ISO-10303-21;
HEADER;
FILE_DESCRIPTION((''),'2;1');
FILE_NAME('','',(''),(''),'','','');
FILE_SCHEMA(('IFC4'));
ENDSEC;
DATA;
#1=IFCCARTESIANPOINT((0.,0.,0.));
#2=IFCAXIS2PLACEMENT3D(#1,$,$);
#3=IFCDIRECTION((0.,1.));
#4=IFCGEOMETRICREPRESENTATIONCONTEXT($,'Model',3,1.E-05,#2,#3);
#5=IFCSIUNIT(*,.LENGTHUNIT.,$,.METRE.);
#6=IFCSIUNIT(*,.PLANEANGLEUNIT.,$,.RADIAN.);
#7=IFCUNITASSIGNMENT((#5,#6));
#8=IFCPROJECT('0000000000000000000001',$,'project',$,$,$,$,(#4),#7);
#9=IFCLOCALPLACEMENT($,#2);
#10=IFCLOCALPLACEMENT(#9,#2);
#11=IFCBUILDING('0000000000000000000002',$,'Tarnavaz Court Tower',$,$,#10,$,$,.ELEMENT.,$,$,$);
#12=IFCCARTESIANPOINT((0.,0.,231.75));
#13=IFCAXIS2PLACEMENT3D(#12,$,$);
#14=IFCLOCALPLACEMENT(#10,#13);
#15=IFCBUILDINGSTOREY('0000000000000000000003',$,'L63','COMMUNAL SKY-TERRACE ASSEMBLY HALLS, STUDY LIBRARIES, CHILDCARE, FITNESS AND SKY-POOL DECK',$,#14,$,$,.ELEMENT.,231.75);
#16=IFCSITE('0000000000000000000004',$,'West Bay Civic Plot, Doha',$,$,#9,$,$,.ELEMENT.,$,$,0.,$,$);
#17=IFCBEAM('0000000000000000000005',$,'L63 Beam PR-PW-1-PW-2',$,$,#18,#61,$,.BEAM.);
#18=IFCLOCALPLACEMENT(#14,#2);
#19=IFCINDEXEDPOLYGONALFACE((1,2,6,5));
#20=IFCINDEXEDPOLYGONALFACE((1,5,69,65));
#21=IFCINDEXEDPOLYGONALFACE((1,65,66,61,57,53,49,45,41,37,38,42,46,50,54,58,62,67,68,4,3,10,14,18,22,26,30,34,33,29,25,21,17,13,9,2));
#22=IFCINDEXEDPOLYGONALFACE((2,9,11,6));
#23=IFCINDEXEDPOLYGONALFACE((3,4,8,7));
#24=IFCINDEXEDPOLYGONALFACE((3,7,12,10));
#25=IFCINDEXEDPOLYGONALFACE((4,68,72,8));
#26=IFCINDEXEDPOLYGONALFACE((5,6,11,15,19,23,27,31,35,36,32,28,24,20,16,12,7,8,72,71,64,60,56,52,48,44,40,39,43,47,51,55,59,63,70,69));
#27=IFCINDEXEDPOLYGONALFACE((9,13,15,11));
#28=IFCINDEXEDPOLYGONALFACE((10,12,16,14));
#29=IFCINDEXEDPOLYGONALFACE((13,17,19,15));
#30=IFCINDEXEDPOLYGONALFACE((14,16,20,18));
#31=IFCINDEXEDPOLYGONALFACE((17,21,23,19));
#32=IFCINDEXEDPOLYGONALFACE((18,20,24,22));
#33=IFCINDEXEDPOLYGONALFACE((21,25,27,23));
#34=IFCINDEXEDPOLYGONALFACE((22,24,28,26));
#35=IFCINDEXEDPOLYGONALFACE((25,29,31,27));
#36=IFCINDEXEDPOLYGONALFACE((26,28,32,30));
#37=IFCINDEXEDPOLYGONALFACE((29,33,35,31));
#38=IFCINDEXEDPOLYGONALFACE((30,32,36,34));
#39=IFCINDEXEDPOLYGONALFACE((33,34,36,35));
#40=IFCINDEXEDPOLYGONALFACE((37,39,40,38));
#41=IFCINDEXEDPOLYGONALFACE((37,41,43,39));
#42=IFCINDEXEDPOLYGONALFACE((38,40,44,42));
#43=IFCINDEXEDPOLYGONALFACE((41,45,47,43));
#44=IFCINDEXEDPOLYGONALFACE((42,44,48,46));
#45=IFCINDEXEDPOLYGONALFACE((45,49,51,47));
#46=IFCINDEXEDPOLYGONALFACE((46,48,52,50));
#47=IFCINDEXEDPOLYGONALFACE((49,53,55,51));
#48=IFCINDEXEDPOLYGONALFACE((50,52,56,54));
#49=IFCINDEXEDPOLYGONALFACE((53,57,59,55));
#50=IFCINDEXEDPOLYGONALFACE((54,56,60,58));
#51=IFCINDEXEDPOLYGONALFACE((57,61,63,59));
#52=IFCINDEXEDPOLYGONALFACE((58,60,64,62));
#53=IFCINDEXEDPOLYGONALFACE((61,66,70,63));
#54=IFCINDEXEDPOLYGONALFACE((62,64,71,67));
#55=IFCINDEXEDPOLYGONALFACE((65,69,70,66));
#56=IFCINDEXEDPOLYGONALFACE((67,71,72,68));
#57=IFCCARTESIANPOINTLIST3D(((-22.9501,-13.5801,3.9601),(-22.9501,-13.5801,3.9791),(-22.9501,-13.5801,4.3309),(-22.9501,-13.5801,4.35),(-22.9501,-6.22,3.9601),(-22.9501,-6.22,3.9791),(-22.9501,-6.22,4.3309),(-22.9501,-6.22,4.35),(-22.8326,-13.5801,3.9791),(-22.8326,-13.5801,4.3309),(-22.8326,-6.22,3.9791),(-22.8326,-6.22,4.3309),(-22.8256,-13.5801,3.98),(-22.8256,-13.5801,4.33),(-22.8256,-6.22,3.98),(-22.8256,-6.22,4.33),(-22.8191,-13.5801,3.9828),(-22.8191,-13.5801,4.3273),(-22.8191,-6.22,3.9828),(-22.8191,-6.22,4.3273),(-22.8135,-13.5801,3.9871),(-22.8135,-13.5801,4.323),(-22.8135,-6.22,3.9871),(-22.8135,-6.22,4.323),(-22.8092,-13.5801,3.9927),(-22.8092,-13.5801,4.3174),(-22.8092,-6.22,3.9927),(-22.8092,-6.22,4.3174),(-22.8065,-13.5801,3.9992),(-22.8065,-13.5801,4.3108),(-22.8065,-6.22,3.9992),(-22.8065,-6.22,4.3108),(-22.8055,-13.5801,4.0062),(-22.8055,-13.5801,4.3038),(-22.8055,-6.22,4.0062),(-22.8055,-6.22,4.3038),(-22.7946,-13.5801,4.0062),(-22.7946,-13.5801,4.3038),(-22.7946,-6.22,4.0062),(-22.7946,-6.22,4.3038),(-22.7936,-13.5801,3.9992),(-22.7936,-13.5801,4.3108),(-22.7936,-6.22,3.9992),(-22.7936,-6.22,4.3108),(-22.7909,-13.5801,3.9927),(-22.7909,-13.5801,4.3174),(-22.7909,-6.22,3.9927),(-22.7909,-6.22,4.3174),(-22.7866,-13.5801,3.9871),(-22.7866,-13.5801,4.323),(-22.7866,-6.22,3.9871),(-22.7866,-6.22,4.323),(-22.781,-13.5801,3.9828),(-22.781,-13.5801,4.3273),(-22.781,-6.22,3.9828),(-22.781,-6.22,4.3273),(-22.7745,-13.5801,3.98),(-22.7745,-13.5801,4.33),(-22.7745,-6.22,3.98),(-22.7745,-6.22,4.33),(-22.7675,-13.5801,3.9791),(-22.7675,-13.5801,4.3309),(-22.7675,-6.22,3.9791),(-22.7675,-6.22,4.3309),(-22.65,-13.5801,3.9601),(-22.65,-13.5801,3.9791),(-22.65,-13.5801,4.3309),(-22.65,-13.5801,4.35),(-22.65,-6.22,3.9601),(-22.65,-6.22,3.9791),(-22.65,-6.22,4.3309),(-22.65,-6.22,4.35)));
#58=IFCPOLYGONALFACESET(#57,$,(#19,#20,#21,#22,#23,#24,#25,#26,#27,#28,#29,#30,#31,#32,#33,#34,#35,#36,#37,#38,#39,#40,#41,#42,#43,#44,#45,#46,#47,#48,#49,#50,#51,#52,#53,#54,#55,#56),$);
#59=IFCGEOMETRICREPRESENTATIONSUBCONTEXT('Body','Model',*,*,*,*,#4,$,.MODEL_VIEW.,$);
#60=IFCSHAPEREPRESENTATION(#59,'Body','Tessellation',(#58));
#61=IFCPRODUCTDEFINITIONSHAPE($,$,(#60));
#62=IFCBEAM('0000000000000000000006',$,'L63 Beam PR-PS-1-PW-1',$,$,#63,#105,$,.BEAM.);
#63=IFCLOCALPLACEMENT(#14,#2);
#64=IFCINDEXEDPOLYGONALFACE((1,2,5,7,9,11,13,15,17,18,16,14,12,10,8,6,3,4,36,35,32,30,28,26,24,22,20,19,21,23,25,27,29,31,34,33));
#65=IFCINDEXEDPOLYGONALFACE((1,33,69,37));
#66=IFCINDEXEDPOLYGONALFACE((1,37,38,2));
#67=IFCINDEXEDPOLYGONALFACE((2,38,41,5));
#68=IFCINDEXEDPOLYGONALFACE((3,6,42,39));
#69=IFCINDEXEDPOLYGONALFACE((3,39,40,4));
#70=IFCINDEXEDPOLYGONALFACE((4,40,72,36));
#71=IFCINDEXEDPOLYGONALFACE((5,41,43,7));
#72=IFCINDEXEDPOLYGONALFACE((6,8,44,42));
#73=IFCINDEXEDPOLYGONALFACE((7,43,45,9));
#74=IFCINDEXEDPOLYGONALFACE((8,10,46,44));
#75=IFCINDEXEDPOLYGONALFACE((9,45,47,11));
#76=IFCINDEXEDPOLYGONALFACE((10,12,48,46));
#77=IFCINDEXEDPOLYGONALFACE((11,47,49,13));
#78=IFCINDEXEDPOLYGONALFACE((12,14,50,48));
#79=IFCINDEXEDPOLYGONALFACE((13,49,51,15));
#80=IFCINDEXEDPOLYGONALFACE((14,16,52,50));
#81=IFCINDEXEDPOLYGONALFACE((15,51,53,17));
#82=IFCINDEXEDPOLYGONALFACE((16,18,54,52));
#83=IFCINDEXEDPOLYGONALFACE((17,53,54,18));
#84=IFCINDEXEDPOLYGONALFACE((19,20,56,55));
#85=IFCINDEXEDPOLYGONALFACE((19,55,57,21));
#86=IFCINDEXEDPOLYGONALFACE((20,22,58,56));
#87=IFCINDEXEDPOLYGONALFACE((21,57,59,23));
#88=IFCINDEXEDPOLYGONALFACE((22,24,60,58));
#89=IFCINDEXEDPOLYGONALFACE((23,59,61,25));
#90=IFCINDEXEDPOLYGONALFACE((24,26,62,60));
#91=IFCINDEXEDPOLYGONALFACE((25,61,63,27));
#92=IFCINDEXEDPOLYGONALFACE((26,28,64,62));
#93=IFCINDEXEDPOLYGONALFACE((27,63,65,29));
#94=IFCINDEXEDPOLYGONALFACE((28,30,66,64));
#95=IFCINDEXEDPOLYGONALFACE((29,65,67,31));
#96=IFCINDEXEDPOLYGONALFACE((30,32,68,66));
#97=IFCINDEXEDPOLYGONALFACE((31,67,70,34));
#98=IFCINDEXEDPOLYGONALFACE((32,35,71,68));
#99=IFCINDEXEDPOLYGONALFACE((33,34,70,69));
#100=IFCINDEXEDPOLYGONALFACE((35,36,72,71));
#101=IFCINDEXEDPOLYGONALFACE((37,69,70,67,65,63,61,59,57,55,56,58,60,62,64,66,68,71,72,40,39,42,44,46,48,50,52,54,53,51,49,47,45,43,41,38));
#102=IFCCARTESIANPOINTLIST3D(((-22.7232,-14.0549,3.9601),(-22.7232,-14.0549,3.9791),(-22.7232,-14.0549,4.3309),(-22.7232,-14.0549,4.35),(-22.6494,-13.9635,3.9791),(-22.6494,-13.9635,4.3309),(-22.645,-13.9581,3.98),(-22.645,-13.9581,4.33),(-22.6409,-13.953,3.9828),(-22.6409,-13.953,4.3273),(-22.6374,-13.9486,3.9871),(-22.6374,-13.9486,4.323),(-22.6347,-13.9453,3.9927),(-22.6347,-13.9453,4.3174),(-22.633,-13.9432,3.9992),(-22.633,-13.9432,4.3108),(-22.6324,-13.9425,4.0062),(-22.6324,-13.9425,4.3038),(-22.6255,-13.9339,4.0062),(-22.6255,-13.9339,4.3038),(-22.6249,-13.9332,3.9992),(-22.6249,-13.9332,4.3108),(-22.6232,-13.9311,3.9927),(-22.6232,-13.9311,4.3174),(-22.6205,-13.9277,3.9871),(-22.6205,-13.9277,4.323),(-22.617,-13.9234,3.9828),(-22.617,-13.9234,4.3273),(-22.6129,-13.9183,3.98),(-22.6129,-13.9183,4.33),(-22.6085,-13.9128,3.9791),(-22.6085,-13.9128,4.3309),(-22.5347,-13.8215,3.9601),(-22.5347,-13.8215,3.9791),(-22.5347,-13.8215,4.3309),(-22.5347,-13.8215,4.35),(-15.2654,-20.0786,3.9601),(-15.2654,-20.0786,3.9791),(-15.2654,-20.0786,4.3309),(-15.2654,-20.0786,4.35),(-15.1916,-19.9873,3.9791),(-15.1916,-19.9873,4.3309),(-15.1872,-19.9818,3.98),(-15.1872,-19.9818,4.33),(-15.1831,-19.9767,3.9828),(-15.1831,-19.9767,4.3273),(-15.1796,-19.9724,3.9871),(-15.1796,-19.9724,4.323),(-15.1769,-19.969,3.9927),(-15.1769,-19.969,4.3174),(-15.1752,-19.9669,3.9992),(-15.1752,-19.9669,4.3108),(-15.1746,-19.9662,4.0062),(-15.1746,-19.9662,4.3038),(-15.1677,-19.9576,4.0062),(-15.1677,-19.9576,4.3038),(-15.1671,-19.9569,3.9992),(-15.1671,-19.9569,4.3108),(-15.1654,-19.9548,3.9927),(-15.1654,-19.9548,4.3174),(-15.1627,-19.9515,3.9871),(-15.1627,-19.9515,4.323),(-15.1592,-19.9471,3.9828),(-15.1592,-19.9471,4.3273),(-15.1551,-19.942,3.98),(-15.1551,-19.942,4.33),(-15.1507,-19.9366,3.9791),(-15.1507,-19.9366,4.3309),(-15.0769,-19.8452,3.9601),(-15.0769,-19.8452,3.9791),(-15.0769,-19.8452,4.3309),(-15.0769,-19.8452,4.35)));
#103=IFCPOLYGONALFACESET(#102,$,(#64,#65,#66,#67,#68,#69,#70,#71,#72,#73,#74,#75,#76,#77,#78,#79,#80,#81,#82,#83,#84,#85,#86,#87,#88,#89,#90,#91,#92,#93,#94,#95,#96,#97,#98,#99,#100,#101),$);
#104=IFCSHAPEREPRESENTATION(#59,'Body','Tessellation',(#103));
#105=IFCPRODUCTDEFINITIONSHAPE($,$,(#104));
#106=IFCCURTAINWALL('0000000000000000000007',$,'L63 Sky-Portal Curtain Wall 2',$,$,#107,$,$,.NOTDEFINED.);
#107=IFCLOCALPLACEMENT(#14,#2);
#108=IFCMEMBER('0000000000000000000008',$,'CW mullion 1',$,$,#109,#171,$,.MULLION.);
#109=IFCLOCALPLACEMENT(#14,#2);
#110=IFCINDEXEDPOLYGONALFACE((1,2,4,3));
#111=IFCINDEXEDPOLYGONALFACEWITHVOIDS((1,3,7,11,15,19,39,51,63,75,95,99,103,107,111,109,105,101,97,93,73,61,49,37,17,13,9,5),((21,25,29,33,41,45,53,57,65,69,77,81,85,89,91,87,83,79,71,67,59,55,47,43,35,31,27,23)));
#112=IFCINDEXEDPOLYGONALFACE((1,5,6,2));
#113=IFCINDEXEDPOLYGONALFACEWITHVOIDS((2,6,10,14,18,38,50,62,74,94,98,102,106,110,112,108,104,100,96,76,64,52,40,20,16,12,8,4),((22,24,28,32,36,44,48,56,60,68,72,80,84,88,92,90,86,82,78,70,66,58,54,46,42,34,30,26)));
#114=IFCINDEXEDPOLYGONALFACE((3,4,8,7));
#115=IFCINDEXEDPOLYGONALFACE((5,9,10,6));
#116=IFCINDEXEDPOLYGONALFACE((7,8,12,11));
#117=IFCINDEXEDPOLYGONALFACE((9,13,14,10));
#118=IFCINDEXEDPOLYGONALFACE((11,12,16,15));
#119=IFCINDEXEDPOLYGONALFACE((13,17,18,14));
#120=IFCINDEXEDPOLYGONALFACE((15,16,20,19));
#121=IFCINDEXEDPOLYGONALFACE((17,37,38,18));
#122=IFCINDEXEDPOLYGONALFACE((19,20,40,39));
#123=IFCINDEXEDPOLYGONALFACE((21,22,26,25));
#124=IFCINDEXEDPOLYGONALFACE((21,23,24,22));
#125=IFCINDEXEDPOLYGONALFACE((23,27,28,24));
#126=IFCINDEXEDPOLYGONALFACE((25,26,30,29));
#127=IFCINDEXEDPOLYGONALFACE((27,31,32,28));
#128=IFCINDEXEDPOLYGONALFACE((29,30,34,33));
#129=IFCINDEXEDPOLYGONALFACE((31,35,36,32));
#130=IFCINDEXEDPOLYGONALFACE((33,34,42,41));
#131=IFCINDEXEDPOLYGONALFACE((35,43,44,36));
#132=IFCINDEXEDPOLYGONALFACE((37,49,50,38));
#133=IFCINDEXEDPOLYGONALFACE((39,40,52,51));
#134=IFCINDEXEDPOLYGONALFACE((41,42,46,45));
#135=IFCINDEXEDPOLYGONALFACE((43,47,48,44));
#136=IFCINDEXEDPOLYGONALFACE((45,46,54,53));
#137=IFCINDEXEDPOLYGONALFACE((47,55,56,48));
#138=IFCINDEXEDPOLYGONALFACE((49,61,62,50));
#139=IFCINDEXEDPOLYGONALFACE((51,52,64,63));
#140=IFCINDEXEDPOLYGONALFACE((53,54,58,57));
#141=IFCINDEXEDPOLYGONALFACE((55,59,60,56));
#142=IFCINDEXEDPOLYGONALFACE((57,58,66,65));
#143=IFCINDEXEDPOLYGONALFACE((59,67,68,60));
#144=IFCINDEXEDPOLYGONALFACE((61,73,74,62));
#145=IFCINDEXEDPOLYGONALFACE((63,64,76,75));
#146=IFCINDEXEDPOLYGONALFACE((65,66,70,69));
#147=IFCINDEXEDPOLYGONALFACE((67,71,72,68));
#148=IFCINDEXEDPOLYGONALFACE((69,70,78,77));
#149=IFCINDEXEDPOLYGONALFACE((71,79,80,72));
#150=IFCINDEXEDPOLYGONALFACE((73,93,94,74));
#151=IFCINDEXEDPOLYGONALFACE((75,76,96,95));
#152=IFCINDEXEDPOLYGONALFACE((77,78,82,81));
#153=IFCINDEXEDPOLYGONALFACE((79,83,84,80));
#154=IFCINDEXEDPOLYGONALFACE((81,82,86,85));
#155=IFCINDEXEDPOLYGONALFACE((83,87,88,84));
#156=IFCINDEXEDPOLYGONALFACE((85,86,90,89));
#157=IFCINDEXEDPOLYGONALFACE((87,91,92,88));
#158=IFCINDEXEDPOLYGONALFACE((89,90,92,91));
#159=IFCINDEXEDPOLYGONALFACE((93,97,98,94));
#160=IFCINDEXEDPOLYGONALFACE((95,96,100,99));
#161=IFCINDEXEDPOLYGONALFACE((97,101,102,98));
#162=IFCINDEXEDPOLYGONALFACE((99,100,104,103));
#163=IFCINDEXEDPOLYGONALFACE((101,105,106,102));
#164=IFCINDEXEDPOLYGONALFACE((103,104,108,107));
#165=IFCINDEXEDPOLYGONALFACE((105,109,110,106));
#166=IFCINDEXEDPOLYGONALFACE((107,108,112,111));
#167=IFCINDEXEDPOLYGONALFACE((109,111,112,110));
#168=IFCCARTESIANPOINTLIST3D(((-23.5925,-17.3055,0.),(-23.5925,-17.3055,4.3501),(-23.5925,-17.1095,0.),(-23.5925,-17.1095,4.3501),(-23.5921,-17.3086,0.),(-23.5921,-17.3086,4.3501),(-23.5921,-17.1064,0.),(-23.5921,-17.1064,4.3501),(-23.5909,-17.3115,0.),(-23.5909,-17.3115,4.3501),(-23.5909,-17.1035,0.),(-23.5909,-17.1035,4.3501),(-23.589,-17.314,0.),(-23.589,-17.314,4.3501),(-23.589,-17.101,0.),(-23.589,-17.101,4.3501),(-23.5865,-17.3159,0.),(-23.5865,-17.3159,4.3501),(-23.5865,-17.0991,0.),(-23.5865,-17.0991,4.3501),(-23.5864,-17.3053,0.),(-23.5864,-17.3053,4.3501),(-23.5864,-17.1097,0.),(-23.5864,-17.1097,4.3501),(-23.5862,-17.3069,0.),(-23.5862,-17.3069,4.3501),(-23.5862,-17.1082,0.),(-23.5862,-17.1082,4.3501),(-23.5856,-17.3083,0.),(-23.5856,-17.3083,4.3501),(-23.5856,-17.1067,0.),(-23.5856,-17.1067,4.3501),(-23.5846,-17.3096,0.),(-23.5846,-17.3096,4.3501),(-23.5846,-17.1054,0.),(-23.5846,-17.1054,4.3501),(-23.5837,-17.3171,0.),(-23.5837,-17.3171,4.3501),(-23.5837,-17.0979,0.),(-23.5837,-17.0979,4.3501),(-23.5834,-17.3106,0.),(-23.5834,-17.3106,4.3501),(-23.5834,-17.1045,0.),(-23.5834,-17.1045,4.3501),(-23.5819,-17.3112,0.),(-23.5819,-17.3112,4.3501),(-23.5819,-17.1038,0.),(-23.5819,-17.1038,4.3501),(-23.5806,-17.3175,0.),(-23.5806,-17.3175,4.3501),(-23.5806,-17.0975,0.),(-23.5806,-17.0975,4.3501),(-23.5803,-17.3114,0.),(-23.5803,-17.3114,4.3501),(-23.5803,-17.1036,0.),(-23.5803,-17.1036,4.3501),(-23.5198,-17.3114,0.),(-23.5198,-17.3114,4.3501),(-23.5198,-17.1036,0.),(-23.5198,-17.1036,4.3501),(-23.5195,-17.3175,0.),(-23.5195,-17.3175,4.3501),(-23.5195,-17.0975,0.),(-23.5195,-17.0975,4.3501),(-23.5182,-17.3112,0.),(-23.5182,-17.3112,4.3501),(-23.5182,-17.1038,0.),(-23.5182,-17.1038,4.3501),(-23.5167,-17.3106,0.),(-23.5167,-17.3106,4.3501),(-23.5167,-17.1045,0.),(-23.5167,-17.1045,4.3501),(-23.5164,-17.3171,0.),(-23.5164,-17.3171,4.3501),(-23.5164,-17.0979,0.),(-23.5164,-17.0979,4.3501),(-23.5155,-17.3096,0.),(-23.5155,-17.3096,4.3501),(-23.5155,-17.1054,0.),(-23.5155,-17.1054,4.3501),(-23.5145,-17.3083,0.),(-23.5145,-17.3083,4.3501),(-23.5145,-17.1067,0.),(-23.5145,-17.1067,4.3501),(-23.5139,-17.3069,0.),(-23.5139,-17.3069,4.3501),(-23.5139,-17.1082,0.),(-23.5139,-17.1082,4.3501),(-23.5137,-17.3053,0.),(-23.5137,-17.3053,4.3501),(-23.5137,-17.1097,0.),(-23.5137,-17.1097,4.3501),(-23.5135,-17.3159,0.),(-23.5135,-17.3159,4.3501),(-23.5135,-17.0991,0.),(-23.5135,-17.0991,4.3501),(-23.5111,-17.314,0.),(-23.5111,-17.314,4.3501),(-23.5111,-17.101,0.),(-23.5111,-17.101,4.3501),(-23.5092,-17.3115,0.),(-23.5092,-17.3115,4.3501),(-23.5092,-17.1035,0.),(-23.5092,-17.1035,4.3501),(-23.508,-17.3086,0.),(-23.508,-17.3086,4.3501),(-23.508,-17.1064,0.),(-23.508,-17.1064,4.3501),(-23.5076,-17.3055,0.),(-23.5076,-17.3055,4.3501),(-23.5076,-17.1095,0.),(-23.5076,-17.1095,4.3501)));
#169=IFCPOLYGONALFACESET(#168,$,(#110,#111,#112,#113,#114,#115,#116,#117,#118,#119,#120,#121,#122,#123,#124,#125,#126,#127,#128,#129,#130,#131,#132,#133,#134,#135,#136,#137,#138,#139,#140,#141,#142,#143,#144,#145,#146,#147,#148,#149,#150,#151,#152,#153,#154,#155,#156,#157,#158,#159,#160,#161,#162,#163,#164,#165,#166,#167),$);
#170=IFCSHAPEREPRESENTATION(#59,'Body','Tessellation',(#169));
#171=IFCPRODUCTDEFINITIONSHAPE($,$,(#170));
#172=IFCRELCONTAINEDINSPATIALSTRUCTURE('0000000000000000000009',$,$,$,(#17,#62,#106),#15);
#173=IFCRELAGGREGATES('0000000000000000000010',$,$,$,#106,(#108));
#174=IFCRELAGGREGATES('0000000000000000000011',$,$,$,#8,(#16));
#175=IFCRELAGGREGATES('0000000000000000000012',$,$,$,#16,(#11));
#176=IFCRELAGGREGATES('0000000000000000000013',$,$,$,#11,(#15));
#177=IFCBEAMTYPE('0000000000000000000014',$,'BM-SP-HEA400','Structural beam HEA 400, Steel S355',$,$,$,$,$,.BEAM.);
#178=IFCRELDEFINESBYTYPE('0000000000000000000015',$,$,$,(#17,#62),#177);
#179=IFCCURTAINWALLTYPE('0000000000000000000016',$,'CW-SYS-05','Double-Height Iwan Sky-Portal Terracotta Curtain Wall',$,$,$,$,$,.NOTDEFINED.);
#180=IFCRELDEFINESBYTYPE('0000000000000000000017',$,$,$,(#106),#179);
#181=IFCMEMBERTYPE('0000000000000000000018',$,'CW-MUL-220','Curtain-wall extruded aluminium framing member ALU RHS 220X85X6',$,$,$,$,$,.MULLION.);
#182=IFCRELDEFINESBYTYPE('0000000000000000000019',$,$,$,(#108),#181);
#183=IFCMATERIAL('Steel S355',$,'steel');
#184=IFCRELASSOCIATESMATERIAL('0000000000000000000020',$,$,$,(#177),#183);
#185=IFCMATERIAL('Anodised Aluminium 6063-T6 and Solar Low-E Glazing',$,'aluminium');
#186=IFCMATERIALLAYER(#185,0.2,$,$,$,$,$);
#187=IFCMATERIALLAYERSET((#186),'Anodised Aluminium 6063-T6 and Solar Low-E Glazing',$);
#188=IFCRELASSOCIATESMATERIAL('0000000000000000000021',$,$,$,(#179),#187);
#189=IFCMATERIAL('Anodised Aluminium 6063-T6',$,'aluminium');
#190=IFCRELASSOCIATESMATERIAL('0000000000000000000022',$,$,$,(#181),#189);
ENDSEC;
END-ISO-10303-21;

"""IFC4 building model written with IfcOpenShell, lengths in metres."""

from ifc_helpers import new_model, si_unit, direction, frame, origin, origin_2d, place, context, subcontext, project, spatial, hollow_rectangle, i_section, extrude, material, layer, layer_set, material_profile, profile_set, type_object, element, aggregate, save


model = new_model("IFC4")

# Units and contexts
model_context = context("Model", 3, precision=1e-05, world=origin(), true_north=direction((0.0, 1.0)))
body_context = subcontext(model_context, "Body", "Model", "MODEL_VIEW")
ifc_project = project(units=[si_unit("LENGTHUNIT", "METRE"), si_unit("PLANEANGLEUNIT", "RADIAN")], contexts=[model_context])

# Site, building, storey
site_placement = place(None, origin())
site = spatial("IfcSite", under=ifc_project, at=site_placement, Name="West Bay Civic Plot, Doha", CompositionType="ELEMENT", RefElevation=0.0)
building_placement = place(site_placement, origin())
building = spatial("IfcBuilding", under=site, at=building_placement, Name="Tarnavaz Court Tower", CompositionType="ELEMENT")
storey_placement = place(building_placement, frame((0.0, 0.0, 231.75)))
storey = spatial("IfcBuildingStorey", under=building, at=storey_placement, Name="L63", Description="COMMUNAL SKY-TERRACE ASSEMBLY HALLS, STUDY LIBRARIES, CHILDCARE, FITNESS AND SKY-POOL DECK", CompositionType="ELEMENT", Elevation=231.75)

# Beams
ifc_material_1 = material(Name="Steel S355", Category="steel")
ifc_material_profile_1 = material_profile(ifc_material_1, i_section(OverallWidth=0.3, OverallDepth=0.3899, WebThickness=0.011, FlangeThickness=0.019, FilletRadius=0.0271, at=origin_2d()), Name="HEA 400")
ifc_profile_set_1 = profile_set([ifc_material_profile_1], Name="Steel S355")
beam_type_1 = type_object("IfcBeamType", Name="BM-SP-HEA400", Description="Structural beam HEA 400, Steel S355", PredefinedType="BEAM", material=ifc_profile_set_1)
beam_1_placement = place(storey_placement, frame((-22.8, -13.5801, 4.155), z_axis=(0.0, 1.0, 0.0), x_axis=(-1.0, 0.0, 0.0)))
element("IfcBeam", 1, at=beam_1_placement, inside=storey, type_object=beam_type_1, Name="L63 Beam PR-PW-1-PW-2", PredefinedType="BEAM", context=body_context, shape_type="SweptSolid", body=[
    extrude(i_section(OverallWidth=0.3, OverallDepth=0.3899, WebThickness=0.011, FlangeThickness=0.019, FilletRadius=0.0271, at=origin_2d()), origin(), (0.0, 0.0, 1.0), 7.3601),
])
beam_2_placement = place(storey_placement, frame((-15.1711, -19.9619, 4.155), z_axis=(-0.777936, 0.628344, 0.0), x_axis=(-0.628344, -0.777936, 0.0)))
element("IfcBeam", 2, at=beam_2_placement, inside=storey, type_object=beam_type_1, Name="L63 Beam PR-PS-1-PW-1", PredefinedType="BEAM", context=body_context, shape_type="SweptSolid", body=[
    extrude(i_section(OverallWidth=0.3, OverallDepth=0.3899, WebThickness=0.011, FlangeThickness=0.019, FilletRadius=0.0271, at=origin_2d()), origin(), (0.0, 0.0, 1.0), 9.5867),
])

# Curtain wall, member
ifc_material_2 = material(Name="Anodised Aluminium 6063-T6 and Solar Low-E Glazing", Category="aluminium")
ifc_layer_1 = layer(ifc_material_2, 0.2)
ifc_layer_set_1 = layer_set([ifc_layer_1], Name="Anodised Aluminium 6063-T6 and Solar Low-E Glazing")
curtain_wall_type = type_object("IfcCurtainWallType", Name="CW-SYS-05", Description="Double-Height Iwan Sky-Portal Terracotta Curtain Wall", PredefinedType="NOTDEFINED", material=ifc_layer_set_1)
curtain_wall_placement = place(storey_placement, origin())
curtain_wall = element("IfcCurtainWall", 3, at=curtain_wall_placement, inside=storey, type_object=curtain_wall_type, Name="L63 Sky-Portal Curtain Wall 2", PredefinedType="NOTDEFINED")
ifc_material_3 = material(Name="Anodised Aluminium 6063-T6", Category="aluminium")
ifc_material_profile_2 = material_profile(ifc_material_3, hollow_rectangle(XDim=0.085, YDim=0.22, WallThickness=0.0061, InnerFilletRadius=0.0061, OuterFilletRadius=0.012, at=origin_2d()), Name="ALU RHS 220X85X6")
ifc_profile_set_2 = profile_set([ifc_material_profile_2], Name="Anodised Aluminium 6063-T6")
member_type_1 = type_object("IfcMemberType", Name="CW-MUL-220", Description="Curtain-wall extruded aluminium framing member ALU RHS 220X85X6", PredefinedType="MULLION", material=ifc_profile_set_2)
member_1_placement = place(storey_placement, frame((-23.55, -17.2075, 0.0), z_axis=(0.0, 0.0, 1.0), x_axis=(-1.0, 0.0, 0.0)))
member_1 = element("IfcMember", 4, at=member_1_placement, type_object=member_type_1, Name="CW mullion 1", PredefinedType="MULLION", context=body_context, shape_type="SweptSolid", body=[
    extrude(hollow_rectangle(XDim=0.085, YDim=0.22, WallThickness=0.0061, InnerFilletRadius=0.0061, OuterFilletRadius=0.012, at=origin_2d()), origin(), (0.0, 0.0, 1.0), 4.3501),
])
aggregate(curtain_wall, [member_1])

save(model, "model.ifc")
